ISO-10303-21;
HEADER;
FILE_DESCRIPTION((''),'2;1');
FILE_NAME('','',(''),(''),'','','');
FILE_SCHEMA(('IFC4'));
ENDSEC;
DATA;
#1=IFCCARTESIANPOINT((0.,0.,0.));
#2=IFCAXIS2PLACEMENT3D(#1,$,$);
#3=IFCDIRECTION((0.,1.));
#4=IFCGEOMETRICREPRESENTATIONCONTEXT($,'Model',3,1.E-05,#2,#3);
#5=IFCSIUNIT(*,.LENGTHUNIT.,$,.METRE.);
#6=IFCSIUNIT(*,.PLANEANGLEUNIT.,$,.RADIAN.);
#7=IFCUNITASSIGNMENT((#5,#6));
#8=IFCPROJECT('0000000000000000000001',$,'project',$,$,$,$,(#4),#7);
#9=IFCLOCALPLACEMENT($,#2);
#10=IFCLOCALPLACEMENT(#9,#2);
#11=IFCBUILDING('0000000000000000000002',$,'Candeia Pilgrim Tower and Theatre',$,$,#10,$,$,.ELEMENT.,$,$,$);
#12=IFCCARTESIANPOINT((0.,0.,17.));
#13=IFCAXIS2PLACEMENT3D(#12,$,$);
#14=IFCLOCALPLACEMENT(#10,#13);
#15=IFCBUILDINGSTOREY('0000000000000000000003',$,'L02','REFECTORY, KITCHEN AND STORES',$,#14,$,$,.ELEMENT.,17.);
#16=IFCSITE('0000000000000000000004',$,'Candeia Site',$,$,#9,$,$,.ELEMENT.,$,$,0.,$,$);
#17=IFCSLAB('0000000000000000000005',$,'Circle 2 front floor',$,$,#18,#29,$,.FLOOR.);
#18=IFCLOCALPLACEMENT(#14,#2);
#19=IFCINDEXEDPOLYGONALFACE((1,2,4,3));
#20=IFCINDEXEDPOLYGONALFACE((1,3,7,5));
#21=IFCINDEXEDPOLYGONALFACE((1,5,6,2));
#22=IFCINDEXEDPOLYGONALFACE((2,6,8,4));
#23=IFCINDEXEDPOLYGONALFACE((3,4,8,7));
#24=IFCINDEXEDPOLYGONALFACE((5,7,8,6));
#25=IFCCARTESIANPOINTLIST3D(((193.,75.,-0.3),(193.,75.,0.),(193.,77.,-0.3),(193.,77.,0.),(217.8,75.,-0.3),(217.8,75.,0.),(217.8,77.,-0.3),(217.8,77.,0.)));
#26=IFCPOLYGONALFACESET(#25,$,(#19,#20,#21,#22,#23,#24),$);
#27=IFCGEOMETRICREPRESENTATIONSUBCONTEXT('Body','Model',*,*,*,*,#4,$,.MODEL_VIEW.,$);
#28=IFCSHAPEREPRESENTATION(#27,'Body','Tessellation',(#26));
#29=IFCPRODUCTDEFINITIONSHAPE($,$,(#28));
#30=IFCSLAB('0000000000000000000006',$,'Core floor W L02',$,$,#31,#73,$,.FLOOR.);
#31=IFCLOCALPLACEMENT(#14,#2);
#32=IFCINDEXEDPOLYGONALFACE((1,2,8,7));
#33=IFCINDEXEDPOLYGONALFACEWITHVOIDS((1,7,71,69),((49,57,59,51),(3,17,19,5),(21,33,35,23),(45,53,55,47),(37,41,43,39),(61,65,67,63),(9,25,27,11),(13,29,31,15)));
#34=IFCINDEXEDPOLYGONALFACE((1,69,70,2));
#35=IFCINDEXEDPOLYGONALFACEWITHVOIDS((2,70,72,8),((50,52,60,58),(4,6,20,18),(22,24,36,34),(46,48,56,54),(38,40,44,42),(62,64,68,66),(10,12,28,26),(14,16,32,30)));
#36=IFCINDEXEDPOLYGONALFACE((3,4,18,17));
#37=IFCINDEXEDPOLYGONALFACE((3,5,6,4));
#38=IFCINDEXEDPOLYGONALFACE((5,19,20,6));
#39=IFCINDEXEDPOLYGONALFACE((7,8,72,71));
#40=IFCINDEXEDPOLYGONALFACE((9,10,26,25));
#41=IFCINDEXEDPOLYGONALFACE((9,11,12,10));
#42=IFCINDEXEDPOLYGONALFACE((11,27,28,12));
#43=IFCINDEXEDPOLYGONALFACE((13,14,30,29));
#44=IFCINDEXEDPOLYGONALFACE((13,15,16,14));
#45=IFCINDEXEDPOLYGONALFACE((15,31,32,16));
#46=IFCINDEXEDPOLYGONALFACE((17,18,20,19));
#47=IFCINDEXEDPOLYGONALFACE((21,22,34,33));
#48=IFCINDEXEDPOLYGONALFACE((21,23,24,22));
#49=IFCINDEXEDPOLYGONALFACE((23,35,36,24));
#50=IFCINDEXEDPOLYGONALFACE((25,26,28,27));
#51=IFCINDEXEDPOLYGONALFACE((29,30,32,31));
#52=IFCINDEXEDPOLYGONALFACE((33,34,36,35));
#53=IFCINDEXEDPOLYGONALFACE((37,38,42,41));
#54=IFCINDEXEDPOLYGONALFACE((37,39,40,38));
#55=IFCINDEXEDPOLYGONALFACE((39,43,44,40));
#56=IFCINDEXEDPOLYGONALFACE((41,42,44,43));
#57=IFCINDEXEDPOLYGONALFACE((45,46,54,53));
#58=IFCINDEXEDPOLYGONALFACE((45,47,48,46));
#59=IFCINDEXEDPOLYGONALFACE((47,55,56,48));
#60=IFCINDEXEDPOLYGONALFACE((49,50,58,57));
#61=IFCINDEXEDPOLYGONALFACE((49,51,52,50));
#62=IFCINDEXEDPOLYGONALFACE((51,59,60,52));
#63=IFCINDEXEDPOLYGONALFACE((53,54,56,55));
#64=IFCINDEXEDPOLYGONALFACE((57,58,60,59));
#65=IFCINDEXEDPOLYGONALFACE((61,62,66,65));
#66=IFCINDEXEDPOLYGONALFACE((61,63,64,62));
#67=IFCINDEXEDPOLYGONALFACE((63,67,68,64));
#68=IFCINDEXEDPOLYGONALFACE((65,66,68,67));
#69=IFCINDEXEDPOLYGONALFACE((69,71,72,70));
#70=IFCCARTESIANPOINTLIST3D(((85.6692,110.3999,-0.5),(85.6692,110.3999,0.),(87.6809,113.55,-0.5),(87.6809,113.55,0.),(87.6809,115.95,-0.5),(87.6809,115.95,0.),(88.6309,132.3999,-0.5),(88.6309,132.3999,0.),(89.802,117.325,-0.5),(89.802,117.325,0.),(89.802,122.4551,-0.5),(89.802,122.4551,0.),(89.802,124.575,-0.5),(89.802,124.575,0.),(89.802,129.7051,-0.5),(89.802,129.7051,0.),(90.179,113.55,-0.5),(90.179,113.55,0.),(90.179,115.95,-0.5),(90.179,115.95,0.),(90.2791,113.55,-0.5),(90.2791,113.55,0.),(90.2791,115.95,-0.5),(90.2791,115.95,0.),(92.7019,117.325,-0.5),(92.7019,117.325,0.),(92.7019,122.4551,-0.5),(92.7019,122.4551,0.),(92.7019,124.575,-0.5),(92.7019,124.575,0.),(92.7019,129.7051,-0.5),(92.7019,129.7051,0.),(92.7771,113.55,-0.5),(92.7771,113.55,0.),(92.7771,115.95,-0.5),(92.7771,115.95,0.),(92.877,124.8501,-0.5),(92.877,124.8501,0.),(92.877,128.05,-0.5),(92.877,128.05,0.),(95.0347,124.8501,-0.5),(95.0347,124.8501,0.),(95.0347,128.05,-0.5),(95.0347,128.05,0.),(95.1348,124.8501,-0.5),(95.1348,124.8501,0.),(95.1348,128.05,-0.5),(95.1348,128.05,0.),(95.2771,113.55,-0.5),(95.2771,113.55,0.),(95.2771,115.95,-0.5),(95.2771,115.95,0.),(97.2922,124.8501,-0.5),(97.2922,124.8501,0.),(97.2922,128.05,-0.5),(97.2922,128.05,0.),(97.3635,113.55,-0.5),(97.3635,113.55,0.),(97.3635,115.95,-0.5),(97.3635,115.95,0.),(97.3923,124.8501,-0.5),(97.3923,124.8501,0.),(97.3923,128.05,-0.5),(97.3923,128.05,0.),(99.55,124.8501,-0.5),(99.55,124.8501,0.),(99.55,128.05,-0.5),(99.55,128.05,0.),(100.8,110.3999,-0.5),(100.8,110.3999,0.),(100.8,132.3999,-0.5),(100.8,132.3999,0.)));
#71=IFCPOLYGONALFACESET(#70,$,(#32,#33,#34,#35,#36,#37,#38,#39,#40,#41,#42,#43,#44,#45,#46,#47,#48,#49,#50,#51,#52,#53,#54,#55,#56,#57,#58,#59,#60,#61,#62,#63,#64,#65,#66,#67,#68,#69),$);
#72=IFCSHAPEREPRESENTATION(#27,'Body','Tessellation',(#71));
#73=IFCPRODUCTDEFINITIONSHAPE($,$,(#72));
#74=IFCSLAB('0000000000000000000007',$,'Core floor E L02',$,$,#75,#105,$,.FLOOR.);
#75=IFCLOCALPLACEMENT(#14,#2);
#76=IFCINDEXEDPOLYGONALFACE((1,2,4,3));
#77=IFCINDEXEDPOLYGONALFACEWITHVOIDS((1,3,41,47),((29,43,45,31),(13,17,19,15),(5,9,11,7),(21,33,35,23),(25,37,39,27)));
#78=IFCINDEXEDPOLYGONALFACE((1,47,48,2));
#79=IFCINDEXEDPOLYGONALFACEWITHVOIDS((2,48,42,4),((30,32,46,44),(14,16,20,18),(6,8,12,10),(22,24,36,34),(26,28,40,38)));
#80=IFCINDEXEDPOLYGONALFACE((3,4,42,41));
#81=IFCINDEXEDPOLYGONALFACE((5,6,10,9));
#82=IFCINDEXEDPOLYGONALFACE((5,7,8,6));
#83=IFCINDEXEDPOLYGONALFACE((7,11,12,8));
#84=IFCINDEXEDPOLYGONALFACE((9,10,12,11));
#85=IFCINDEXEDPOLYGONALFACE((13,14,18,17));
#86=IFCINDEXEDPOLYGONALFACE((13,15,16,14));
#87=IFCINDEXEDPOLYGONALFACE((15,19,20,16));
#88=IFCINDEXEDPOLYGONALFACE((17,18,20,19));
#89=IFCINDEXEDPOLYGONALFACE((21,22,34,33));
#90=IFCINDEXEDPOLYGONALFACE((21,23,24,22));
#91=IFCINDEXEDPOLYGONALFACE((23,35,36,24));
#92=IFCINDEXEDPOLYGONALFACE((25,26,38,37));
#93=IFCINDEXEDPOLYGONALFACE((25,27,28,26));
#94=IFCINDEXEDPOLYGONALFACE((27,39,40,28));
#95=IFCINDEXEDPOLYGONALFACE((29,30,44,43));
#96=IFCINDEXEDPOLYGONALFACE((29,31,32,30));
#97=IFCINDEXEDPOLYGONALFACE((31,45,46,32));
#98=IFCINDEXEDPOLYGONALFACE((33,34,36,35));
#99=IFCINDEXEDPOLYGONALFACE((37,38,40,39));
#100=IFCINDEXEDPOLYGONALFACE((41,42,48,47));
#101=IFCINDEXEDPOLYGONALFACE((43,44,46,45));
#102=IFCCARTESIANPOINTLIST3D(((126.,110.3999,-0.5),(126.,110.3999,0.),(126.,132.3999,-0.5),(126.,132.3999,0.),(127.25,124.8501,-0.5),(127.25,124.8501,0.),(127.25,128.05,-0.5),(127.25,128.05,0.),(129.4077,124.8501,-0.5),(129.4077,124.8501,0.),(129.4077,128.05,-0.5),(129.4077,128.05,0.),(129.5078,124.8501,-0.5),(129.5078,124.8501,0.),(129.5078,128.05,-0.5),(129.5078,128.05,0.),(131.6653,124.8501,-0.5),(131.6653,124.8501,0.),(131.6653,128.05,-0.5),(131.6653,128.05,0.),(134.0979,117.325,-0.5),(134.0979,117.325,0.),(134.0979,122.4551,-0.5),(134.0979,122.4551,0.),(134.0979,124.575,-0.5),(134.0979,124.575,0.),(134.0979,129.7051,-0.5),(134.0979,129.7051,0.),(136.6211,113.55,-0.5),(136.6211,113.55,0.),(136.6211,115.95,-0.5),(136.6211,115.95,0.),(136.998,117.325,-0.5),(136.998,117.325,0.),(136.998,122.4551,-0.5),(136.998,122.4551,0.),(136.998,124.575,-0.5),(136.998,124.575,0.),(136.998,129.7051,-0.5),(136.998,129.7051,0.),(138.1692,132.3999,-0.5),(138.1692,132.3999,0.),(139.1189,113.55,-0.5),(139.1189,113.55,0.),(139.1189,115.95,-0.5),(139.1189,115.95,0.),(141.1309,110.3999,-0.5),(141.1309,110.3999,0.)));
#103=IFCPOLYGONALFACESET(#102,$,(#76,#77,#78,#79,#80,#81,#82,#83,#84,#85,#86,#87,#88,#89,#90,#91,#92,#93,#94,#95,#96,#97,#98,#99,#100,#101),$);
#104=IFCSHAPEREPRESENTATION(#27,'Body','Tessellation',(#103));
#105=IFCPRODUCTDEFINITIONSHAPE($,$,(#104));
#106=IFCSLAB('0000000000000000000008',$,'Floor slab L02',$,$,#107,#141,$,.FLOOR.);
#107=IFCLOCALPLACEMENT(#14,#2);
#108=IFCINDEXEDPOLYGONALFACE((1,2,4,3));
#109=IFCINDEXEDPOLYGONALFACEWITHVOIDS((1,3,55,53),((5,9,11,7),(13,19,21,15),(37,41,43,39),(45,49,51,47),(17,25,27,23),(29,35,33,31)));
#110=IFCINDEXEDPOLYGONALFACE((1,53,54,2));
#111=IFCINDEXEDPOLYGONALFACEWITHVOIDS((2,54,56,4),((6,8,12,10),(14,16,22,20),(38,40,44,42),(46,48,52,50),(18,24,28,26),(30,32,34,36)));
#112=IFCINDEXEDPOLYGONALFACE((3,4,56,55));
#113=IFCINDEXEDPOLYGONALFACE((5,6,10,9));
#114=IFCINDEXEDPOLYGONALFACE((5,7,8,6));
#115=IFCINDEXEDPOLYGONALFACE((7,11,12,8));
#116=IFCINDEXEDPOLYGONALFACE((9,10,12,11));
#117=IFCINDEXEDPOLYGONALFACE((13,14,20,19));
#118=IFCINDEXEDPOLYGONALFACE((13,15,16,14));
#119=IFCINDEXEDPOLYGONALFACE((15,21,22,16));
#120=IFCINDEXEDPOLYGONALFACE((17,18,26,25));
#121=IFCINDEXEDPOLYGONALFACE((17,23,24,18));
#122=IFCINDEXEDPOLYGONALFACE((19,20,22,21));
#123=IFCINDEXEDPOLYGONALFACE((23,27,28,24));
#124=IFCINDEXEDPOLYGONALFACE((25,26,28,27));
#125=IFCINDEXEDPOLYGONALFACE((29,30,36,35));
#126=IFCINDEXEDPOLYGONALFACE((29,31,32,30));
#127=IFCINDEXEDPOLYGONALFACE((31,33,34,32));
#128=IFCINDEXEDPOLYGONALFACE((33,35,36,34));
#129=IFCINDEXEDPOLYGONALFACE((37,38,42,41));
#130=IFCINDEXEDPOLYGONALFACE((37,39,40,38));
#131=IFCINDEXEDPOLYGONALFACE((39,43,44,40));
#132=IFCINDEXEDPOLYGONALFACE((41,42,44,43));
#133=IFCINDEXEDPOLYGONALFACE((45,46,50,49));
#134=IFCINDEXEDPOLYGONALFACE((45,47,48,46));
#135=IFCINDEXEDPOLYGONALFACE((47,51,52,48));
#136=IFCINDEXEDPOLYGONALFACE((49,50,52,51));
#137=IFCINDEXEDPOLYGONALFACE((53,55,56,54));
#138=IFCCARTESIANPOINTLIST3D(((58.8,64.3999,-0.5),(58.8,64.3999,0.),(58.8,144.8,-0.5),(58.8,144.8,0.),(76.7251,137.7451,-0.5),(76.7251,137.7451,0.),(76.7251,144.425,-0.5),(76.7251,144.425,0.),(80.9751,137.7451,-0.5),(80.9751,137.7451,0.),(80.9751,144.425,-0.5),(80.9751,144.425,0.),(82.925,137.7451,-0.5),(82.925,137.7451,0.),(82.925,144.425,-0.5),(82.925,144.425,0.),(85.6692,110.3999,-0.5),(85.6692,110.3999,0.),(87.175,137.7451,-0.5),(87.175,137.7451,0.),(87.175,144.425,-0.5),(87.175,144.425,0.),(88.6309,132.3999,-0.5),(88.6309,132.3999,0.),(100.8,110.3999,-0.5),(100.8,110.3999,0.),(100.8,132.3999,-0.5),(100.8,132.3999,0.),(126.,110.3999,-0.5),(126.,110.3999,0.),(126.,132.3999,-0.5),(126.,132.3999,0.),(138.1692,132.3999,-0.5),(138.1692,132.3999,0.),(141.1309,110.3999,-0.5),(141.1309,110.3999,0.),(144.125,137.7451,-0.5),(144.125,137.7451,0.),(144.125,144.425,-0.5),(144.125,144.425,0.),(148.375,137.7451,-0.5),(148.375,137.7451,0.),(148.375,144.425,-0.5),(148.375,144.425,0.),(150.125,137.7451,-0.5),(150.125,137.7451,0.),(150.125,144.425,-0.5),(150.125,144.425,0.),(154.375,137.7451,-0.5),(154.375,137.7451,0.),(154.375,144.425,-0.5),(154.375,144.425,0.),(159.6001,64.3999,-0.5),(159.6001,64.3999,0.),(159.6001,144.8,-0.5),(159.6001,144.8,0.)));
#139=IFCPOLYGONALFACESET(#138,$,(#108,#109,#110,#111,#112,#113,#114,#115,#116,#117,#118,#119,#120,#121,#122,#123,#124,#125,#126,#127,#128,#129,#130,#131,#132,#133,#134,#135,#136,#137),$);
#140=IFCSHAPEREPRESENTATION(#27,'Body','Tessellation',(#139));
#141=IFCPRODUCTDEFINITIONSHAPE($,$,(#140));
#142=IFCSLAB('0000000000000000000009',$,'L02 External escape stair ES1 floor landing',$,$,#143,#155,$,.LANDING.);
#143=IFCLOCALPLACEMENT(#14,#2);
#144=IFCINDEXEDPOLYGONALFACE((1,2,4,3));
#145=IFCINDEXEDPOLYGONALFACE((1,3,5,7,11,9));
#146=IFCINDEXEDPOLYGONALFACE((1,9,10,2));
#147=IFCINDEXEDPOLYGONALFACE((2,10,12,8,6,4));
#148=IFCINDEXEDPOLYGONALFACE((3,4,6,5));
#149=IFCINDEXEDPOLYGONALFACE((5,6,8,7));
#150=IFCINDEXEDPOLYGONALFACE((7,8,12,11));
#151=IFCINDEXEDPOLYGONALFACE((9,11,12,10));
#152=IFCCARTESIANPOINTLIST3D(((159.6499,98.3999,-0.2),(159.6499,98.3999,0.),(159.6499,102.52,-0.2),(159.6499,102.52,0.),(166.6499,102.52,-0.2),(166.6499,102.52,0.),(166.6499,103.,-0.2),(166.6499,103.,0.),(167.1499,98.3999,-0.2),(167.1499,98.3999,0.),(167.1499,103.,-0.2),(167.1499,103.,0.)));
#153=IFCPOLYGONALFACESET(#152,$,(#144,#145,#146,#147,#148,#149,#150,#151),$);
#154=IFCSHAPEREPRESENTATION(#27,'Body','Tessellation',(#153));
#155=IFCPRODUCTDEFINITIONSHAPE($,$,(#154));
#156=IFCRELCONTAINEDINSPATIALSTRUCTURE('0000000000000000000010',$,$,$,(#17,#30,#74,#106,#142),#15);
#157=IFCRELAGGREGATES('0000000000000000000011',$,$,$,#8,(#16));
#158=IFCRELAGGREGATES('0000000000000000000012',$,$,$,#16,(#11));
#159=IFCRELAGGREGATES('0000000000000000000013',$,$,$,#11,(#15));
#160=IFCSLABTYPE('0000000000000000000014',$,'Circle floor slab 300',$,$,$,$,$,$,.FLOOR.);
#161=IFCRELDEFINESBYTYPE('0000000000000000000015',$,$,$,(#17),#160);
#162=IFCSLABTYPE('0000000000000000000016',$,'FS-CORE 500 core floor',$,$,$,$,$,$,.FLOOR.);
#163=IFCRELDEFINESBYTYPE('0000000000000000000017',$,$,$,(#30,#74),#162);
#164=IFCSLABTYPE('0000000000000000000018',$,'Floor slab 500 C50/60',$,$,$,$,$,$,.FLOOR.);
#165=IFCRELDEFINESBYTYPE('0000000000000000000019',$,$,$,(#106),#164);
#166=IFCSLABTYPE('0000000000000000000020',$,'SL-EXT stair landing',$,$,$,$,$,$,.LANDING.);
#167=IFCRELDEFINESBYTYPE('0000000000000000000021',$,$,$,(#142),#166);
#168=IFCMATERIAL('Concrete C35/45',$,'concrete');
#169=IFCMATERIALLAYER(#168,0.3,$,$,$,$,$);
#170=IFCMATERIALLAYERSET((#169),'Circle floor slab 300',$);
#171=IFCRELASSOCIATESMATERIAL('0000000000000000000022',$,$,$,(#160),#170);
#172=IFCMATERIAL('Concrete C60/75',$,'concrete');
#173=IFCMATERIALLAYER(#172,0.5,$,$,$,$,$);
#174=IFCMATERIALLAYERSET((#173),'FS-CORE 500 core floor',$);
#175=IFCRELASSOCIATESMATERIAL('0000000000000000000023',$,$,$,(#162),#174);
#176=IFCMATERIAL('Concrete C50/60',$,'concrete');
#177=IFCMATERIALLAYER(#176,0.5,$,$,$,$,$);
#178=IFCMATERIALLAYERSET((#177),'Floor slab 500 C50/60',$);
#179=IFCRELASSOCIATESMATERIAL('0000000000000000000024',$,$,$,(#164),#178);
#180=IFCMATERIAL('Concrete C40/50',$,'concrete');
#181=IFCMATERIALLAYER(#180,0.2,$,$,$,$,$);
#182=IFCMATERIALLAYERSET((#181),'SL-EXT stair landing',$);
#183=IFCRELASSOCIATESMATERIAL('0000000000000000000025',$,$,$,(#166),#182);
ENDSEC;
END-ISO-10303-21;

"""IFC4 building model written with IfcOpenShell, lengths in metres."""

from ifc_helpers import new_model, si_unit, direction, frame, origin, place, context, subcontext, project, spatial, polyline, outline, extrude, material, layer, layer_set, type_object, element, save


model = new_model("IFC4")

# Units and contexts
model_context = context("Model", 3, precision=1e-05, world=origin(), true_north=direction((0.0, 1.0)))
body_context = subcontext(model_context, "Body", "Model", "MODEL_VIEW")
ifc_project = project(units=[si_unit("LENGTHUNIT", "METRE"), si_unit("PLANEANGLEUNIT", "RADIAN")], contexts=[model_context])

# Site, building, storey
site_placement = place(None, origin())
site = spatial("IfcSite", under=ifc_project, at=site_placement, Name="Candeia Site", CompositionType="ELEMENT", RefElevation=0.0)
building_placement = place(site_placement, origin())
building = spatial("IfcBuilding", under=site, at=building_placement, Name="Candeia Pilgrim Tower and Theatre", CompositionType="ELEMENT")
storey_placement = place(building_placement, frame((0.0, 0.0, 17.0)))
storey = spatial("IfcBuildingStorey", under=building, at=storey_placement, Name="L02", Description="REFECTORY, KITCHEN AND STORES", CompositionType="ELEMENT", Elevation=17.0)

# Slabs
ifc_material_1 = material(Name="Concrete C35/45", Category="concrete")
ifc_layer_1 = layer(ifc_material_1, 0.3)
ifc_layer_set_1 = layer_set([ifc_layer_1], Name="Circle floor slab 300")
slab_type_1 = type_object("IfcSlabType", Name="Circle floor slab 300", PredefinedType="FLOOR", material=ifc_layer_set_1)
slab_1_placement = place(storey_placement, frame((0.0, 0.0, -0.3)))
element("IfcSlab", 1, at=slab_1_placement, inside=storey, type_object=slab_type_1, Name="Circle 2 front floor", PredefinedType="FLOOR", context=body_context, shape_type="SweptSolid", body=[
    extrude(outline(polyline([(193.0, 75.0), (217.8, 75.0), (217.8, 77.0), (193.0, 77.0), (193.0, 75.0)])), origin(), (0.0, 0.0, 1.0), 0.3),
])
ifc_material_2 = material(Name="Concrete C60/75", Category="concrete")
ifc_layer_2 = layer(ifc_material_2, 0.5)
ifc_layer_set_2 = layer_set([ifc_layer_2], Name="FS-CORE 500 core floor")
slab_type_2 = type_object("IfcSlabType", Name="FS-CORE 500 core floor", PredefinedType="FLOOR", material=ifc_layer_set_2)
slab_2_placement = place(storey_placement, frame((0.0, 0.0, -0.5)))
element("IfcSlab", 2, at=slab_2_placement, inside=storey, type_object=slab_type_2, Name="Core floor W L02", PredefinedType="FLOOR", context=body_context, shape_type="SweptSolid", body=[
    extrude(outline(polyline([(100.8, 132.3999), (100.8, 110.3999), (85.6692, 110.3999), (88.6309, 132.3999), (100.8, 132.3999)]), holes=[polyline([(97.3923, 128.05), (97.3923, 124.8501), (99.55, 124.8501), (99.55, 128.05), (97.3923, 128.05)]), polyline([(95.2771, 115.95), (95.2771, 113.55), (97.3635, 113.55), (97.3635, 115.95), (95.2771, 115.95)]), polyline([(95.1348, 128.05), (95.1348, 124.8501), (97.2922, 124.8501), (97.2922, 128.05), (95.1348, 128.05)]), polyline([(92.877, 128.05), (92.877, 124.8501), (95.0347, 124.8501), (95.0347, 128.05), (92.877, 128.05)]), polyline([(90.2791, 115.95), (90.2791, 113.55), (92.7771, 113.55), (92.7771, 115.95), (90.2791, 115.95)]), polyline([(89.802, 122.4551), (89.802, 117.325), (92.7019, 117.325), (92.7019, 122.4551), (89.802, 122.4551)]), polyline([(89.802, 129.7051), (89.802, 124.575), (92.7019, 124.575), (92.7019, 129.7051), (89.802, 129.7051)]), polyline([(87.6809, 115.95), (87.6809, 113.55), (90.179, 113.55), (90.179, 115.95), (87.6809, 115.95)])]), origin(), (0.0, 0.0, 1.0), 0.5),
])
slab_3_placement = place(storey_placement, frame((0.0, 0.0, -0.5)))
element("IfcSlab", 3, at=slab_3_placement, inside=storey, type_object=slab_type_2, Name="Core floor E L02", PredefinedType="FLOOR", context=body_context, shape_type="SweptSolid", body=[
    extrude(outline(polyline([(138.1692, 132.3999), (141.1309, 110.3999), (126.0, 110.3999), (126.0, 132.3999), (138.1692, 132.3999)]), holes=[polyline([(136.6211, 115.95), (136.6211, 113.55), (139.1189, 113.55), (139.1189, 115.95), (136.6211, 115.95)]), polyline([(134.0979, 117.325), (136.998, 117.325), (136.998, 122.4551), (134.0979, 122.4551), (134.0979, 117.325)]), polyline([(134.0979, 129.7051), (134.0979, 124.575), (136.998, 124.575), (136.998, 129.7051), (134.0979, 129.7051)]), polyline([(131.6653, 128.05), (129.5078, 128.05), (129.5078, 124.8501), (131.6653, 124.8501), (131.6653, 128.05)]), polyline([(127.25, 128.05), (127.25, 124.8501), (129.4077, 124.8501), (129.4077, 128.05), (127.25, 128.05)])]), origin(), (0.0, 0.0, 1.0), 0.5),
])
ifc_material_3 = material(Name="Concrete C50/60", Category="concrete")
ifc_layer_3 = layer(ifc_material_3, 0.5)
ifc_layer_set_3 = layer_set([ifc_layer_3], Name="Floor slab 500 C50/60")
slab_type_3 = type_object("IfcSlabType", Name="Floor slab 500 C50/60", PredefinedType="FLOOR", material=ifc_layer_set_3)
slab_4_placement = place(storey_placement, frame((0.0, 0.0, -0.5)))
element("IfcSlab", 4, at=slab_4_placement, inside=storey, type_object=slab_type_3, Name="Floor slab L02", PredefinedType="FLOOR", context=body_context, shape_type="SweptSolid", body=[
    extrude(outline(polyline([(58.8, 144.8), (159.6001, 144.8), (159.6001, 64.3999), (58.8, 64.3999), (58.8, 144.8)]), holes=[polyline([(85.6692, 110.3999), (100.8, 110.3999), (100.8, 132.3999), (88.6309, 132.3999), (85.6692, 110.3999)]), polyline([(126.0, 110.3999), (141.1309, 110.3999), (138.1692, 132.3999), (126.0, 132.3999), (126.0, 110.3999)]), polyline([(80.9751, 144.425), (76.7251, 144.425), (76.7251, 137.7451), (80.9751, 137.7451), (80.9751, 144.425)]), polyline([(87.175, 144.425), (82.925, 144.425), (82.925, 137.7451), (87.175, 137.7451), (87.175, 144.425)]), polyline([(148.375, 144.425), (144.125, 144.425), (144.125, 137.7451), (148.375, 137.7451), (148.375, 144.425)]), polyline([(154.375, 144.425), (150.125, 144.425), (150.125, 137.7451), (154.375, 137.7451), (154.375, 144.425)])]), origin(), (0.0, 0.0, 1.0), 0.5),
])
ifc_material_4 = material(Name="Concrete C40/50", Category="concrete")
ifc_layer_4 = layer(ifc_material_4, 0.2)
ifc_layer_set_4 = layer_set([ifc_layer_4], Name="SL-EXT stair landing")
slab_type_4 = type_object("IfcSlabType", Name="SL-EXT stair landing", PredefinedType="LANDING", material=ifc_layer_set_4)
slab_5_placement = place(storey_placement, frame((0.0, 0.0, -0.2)))
element("IfcSlab", 5, at=slab_5_placement, inside=storey, type_object=slab_type_4, Name="L02 External escape stair ES1 floor landing", PredefinedType="LANDING", context=body_context, shape_type="SweptSolid", body=[
    extrude(outline(polyline([(159.6499, 98.3999), (159.6499, 102.52), (166.6499, 102.52), (166.6499, 103.0), (167.1499, 103.0), (167.1499, 98.3999), (159.6499, 98.3999)])), origin(), (0.0, 0.0, 1.0), 0.2),
])

save(model, "model.ifc")
